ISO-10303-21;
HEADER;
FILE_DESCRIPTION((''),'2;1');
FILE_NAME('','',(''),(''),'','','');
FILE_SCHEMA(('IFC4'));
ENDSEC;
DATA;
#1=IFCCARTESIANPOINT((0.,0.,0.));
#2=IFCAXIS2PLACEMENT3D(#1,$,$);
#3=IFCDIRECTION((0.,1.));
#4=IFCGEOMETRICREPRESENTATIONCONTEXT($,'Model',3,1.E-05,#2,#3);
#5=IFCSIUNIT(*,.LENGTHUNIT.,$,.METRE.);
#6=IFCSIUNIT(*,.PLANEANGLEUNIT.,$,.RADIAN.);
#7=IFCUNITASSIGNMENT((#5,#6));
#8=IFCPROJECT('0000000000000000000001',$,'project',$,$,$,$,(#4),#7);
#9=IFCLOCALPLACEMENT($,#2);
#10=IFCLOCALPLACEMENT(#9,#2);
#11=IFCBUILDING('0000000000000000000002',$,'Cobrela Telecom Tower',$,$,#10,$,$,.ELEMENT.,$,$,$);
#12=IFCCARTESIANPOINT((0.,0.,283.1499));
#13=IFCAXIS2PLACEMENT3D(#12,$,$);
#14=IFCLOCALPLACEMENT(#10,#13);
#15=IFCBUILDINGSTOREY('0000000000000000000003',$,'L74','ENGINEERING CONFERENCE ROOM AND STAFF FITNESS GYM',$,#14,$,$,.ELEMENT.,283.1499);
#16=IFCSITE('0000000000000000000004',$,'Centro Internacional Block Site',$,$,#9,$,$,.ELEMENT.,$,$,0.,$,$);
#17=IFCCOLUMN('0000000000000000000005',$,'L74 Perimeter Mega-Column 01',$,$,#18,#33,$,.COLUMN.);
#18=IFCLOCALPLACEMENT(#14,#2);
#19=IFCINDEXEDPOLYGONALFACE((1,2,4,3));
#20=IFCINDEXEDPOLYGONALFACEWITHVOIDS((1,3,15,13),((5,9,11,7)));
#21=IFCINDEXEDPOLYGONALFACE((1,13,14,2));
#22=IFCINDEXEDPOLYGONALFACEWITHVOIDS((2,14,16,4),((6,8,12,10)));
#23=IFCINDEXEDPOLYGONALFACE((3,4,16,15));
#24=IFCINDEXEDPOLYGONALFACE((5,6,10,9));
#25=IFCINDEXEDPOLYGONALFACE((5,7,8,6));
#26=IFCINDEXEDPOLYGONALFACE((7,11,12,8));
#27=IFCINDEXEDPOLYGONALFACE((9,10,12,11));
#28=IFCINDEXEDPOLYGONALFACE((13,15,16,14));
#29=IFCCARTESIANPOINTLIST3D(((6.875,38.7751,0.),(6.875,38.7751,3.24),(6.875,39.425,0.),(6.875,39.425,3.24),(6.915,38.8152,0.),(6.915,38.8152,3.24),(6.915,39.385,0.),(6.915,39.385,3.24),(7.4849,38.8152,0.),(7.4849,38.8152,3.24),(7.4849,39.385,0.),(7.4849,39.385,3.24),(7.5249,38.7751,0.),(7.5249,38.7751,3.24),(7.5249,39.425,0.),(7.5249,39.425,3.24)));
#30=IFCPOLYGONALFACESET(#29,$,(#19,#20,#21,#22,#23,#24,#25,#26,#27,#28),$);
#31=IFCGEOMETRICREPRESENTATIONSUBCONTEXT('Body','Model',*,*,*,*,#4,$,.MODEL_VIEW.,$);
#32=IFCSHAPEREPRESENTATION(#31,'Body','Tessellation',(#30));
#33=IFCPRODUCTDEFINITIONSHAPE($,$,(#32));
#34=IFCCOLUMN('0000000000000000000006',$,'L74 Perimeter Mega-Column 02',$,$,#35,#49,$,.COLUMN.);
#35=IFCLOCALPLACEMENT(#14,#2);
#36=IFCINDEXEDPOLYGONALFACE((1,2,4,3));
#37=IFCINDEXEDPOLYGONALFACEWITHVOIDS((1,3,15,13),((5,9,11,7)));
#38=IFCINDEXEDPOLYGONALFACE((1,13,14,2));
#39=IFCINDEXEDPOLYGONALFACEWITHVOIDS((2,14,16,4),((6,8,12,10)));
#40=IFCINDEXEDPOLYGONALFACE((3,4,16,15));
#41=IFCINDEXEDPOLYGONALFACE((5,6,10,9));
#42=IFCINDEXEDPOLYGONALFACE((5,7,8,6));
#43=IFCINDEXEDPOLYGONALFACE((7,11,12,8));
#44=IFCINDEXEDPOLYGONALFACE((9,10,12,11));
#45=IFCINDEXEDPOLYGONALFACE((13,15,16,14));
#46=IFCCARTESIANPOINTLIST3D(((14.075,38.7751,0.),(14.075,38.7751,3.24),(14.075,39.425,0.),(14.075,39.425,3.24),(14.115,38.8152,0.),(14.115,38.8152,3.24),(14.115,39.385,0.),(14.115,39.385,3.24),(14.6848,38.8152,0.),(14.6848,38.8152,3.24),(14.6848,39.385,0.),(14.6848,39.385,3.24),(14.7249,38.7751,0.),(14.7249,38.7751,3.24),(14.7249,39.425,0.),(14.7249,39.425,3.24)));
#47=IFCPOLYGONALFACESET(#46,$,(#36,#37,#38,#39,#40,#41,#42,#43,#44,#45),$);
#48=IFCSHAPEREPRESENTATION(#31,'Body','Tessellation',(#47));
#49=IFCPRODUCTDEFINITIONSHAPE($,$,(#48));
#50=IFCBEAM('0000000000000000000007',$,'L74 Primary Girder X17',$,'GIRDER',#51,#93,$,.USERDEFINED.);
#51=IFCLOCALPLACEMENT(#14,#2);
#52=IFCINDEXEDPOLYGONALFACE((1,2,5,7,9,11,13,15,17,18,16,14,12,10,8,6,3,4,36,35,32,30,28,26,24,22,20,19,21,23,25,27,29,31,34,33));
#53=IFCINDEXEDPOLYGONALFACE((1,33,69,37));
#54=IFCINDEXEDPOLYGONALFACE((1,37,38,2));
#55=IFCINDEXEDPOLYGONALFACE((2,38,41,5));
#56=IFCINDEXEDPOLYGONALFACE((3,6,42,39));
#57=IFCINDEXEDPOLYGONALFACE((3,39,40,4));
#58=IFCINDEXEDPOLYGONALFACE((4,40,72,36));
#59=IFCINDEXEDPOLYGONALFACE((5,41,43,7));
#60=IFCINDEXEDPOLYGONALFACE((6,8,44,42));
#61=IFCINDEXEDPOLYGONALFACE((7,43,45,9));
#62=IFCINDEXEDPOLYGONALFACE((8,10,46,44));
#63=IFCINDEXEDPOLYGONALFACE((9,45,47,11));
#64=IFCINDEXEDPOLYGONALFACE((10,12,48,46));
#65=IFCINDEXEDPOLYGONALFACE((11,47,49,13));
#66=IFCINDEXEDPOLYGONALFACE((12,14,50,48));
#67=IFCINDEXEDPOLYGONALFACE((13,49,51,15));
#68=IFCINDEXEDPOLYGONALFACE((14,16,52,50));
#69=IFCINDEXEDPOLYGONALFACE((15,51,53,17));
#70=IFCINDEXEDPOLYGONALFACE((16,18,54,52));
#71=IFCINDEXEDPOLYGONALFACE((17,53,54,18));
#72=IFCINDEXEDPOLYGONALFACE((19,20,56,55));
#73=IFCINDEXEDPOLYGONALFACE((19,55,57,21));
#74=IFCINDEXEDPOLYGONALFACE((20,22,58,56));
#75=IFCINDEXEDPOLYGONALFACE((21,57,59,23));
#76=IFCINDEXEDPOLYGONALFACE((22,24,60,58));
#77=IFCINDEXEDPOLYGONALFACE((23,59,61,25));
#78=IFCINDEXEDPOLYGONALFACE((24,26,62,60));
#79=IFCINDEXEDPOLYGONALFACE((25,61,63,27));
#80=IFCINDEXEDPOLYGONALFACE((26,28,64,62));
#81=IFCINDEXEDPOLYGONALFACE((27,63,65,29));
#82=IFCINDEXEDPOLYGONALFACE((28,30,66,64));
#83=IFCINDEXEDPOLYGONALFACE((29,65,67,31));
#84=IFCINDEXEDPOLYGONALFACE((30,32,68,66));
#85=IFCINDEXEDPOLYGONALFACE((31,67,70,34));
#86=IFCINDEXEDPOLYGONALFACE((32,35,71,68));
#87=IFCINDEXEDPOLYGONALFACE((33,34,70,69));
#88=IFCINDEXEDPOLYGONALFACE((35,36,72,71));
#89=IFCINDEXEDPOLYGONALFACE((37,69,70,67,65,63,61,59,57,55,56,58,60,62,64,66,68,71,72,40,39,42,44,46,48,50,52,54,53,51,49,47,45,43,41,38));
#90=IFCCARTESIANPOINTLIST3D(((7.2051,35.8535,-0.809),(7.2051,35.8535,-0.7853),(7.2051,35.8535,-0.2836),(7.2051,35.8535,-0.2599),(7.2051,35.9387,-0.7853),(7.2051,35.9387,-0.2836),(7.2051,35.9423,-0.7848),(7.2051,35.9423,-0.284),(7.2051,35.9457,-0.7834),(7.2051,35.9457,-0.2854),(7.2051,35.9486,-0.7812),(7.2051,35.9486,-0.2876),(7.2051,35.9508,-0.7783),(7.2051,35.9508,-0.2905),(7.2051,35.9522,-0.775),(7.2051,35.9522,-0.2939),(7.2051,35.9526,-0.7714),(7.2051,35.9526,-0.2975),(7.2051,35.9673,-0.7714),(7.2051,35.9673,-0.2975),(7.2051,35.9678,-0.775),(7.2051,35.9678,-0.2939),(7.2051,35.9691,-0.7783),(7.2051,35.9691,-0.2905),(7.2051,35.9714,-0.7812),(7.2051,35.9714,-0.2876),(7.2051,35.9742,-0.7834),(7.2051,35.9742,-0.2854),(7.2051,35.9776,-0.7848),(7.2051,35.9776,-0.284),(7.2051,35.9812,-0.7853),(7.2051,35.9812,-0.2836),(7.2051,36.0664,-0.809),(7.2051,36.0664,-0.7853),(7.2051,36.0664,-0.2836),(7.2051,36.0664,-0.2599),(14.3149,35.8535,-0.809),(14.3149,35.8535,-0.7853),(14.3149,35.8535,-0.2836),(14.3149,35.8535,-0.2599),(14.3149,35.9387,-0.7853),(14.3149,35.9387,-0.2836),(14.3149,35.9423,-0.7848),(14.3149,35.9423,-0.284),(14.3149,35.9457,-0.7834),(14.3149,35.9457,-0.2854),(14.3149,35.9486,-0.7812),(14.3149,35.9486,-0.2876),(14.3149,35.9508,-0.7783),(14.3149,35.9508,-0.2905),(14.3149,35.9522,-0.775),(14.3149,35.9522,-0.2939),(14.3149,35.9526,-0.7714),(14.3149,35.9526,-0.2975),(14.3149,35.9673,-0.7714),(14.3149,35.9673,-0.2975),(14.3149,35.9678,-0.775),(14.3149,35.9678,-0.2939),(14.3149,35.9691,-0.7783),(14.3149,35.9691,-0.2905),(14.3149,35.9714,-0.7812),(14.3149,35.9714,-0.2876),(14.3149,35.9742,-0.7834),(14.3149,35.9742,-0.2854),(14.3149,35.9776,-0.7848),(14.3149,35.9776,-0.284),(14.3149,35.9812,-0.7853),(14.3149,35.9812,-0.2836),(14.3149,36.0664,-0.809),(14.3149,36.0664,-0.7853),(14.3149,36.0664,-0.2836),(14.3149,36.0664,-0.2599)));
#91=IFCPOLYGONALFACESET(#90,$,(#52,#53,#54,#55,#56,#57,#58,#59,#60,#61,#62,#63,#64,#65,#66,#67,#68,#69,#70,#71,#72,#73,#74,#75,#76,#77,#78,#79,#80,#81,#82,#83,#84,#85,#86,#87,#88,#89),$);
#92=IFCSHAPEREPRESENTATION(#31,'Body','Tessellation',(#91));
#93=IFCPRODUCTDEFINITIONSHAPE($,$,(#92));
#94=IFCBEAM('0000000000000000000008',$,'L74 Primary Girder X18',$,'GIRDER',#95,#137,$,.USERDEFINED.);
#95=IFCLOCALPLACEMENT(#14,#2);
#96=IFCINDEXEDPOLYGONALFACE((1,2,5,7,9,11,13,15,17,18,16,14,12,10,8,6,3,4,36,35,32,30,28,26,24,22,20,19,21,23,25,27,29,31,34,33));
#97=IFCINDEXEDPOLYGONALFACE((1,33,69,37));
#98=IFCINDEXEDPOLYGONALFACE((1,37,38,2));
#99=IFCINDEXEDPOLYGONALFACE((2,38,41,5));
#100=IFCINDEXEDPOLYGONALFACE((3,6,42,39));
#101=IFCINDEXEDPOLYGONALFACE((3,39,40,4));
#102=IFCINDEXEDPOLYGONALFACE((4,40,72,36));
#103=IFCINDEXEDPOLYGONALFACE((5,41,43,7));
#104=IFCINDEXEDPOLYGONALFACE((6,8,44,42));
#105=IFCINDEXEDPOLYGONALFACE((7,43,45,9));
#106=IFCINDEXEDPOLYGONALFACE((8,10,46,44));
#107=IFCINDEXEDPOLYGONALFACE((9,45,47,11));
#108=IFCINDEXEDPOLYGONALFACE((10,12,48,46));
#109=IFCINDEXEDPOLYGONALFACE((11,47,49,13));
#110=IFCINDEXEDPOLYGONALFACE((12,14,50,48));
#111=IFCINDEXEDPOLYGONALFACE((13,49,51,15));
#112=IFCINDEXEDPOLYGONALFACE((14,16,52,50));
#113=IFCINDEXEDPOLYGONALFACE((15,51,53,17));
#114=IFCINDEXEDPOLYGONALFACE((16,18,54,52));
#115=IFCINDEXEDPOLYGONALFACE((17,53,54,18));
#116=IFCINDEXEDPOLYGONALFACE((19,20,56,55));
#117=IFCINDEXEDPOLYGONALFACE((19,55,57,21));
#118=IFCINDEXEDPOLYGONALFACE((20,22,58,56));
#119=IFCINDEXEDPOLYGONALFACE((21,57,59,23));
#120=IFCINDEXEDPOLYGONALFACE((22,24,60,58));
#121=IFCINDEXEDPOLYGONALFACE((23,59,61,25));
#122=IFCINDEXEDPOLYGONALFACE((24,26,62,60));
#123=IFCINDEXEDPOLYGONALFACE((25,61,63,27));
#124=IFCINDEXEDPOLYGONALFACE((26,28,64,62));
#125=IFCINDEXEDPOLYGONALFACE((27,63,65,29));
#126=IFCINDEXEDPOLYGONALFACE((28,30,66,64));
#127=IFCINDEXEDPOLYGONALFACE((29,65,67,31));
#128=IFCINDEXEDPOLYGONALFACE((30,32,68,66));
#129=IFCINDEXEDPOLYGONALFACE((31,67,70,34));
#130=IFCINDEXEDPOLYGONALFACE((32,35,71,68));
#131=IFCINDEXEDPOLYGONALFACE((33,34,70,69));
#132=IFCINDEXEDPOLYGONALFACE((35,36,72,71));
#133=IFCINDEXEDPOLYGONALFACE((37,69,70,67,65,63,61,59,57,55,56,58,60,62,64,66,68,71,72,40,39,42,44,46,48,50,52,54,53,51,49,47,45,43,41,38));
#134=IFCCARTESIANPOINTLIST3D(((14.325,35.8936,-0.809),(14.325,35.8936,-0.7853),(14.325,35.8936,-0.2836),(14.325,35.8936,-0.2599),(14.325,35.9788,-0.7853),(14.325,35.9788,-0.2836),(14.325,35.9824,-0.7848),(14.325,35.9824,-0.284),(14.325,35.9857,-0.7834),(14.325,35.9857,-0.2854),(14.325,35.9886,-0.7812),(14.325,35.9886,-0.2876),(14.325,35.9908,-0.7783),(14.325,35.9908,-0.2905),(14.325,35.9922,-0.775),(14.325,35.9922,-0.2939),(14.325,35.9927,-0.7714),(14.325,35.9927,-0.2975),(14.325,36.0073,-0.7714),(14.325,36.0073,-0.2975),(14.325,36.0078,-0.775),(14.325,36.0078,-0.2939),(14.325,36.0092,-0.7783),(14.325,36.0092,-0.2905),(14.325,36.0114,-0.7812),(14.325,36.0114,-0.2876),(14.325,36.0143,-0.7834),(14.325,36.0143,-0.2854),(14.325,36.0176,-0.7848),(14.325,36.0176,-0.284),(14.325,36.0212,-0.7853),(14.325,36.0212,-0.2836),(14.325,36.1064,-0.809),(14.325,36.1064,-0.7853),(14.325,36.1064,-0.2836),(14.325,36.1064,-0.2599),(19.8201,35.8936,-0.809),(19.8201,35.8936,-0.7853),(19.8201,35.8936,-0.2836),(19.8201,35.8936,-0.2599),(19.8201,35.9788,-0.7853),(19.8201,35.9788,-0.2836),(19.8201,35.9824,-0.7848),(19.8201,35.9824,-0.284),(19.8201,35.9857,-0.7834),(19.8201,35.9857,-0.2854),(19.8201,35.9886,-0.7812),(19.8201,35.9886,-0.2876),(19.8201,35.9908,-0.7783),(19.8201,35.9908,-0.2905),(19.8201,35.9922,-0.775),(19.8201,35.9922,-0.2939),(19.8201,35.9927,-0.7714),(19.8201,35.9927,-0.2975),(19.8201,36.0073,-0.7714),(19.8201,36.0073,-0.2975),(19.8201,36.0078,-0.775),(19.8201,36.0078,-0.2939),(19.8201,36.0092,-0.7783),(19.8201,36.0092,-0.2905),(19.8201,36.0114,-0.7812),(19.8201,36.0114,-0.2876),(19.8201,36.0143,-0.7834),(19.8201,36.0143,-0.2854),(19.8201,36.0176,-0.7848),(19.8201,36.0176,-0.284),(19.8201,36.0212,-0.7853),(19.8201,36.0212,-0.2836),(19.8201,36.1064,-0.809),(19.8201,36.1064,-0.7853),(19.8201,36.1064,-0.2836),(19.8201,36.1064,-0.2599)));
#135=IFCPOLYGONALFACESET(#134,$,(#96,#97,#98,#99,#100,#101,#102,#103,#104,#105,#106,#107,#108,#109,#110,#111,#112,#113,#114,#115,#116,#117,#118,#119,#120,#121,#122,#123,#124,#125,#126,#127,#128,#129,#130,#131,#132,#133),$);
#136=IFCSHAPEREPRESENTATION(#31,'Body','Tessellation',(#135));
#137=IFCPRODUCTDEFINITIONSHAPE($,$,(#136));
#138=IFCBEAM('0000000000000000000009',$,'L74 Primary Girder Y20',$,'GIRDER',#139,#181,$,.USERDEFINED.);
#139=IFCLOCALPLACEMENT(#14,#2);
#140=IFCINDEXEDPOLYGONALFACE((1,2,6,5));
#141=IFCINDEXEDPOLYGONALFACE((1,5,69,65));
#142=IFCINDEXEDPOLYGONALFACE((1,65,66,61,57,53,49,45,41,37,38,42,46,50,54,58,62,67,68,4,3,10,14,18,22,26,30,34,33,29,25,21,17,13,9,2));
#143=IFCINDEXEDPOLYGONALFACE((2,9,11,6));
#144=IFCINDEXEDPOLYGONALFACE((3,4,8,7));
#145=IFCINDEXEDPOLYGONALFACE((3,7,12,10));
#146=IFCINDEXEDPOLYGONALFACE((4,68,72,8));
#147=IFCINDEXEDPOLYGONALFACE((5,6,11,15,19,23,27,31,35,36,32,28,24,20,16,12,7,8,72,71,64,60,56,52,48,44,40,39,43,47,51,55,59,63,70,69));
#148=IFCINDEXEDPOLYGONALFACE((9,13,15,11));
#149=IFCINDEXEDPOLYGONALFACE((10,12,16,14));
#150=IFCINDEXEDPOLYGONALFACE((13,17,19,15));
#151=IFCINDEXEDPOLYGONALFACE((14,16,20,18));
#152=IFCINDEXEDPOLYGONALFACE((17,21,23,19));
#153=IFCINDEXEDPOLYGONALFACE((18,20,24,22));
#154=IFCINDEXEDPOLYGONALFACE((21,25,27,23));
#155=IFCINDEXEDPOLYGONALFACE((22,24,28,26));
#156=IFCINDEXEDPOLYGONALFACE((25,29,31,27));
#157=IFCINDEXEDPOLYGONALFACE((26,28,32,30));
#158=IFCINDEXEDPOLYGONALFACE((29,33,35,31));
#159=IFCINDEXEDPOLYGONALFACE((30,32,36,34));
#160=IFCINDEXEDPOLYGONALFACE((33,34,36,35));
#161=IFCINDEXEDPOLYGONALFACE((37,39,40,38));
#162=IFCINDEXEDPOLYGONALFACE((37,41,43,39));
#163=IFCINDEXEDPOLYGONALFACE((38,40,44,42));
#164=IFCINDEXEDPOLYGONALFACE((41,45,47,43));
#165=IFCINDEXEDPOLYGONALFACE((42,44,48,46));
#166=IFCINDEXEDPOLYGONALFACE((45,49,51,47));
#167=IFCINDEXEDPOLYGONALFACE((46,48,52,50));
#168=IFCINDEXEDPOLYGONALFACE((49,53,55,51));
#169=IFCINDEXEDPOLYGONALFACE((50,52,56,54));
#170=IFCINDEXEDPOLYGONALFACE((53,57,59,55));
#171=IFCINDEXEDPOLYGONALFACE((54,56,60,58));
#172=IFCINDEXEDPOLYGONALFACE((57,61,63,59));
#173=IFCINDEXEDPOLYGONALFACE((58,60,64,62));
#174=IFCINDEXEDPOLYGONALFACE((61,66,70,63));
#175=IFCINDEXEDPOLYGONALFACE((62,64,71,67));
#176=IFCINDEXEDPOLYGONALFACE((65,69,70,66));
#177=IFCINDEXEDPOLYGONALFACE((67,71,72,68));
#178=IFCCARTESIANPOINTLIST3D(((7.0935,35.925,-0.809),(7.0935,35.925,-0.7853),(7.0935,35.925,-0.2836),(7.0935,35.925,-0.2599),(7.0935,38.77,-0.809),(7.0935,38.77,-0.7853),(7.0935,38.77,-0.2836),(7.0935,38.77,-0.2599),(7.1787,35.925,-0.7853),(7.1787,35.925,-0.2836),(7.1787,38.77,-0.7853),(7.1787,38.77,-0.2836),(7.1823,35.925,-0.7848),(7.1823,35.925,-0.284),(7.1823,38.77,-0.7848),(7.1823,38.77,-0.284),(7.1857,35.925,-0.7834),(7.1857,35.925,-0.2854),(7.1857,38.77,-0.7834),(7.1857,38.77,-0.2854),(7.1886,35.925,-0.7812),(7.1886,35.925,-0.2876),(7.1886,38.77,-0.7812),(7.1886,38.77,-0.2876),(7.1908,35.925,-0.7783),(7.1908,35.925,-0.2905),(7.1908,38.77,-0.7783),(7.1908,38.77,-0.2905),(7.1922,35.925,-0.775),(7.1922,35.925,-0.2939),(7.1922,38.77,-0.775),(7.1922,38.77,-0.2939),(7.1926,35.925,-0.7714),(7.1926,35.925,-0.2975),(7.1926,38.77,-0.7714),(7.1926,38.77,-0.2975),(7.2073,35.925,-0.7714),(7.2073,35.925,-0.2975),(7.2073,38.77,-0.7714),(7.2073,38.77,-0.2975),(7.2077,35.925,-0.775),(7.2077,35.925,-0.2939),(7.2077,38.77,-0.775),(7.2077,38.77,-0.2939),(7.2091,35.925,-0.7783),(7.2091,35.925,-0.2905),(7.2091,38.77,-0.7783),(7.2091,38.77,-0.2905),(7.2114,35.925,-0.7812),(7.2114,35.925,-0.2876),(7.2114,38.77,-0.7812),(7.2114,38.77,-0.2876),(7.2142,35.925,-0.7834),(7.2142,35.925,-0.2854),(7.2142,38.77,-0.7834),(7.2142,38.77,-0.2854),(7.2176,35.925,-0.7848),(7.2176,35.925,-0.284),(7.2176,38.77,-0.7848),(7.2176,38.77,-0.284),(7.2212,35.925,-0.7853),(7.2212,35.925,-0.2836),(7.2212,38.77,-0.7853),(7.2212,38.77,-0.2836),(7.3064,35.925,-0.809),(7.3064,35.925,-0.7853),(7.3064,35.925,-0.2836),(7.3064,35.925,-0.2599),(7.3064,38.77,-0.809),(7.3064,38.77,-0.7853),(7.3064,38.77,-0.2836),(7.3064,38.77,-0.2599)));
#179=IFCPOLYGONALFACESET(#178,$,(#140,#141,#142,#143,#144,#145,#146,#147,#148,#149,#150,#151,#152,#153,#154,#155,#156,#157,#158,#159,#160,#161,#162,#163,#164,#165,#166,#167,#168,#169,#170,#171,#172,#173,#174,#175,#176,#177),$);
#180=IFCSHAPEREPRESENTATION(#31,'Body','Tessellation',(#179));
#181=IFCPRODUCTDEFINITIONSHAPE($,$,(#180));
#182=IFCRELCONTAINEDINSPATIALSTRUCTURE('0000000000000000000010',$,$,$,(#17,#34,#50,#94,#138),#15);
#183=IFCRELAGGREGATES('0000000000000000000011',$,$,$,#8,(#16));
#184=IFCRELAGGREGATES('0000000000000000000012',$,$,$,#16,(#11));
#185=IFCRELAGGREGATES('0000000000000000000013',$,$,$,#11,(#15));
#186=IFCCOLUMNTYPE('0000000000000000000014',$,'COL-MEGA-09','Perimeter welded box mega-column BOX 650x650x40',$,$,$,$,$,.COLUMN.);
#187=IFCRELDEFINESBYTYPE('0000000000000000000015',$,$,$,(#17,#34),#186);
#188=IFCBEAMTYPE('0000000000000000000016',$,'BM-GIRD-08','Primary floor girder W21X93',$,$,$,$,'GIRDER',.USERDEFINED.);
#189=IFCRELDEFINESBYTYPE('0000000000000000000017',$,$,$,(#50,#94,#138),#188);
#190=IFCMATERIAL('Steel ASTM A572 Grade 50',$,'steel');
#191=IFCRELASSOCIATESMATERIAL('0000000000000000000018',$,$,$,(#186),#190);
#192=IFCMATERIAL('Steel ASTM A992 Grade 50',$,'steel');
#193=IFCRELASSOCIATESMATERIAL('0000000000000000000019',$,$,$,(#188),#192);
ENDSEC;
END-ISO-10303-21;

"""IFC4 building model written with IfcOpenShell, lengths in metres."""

from ifc_helpers import new_model, si_unit, direction, frame, origin, origin_2d, place, context, subcontext, project, spatial, hollow_rectangle, i_section, extrude, material, material_profile, profile_set, type_object, element, save


model = new_model("IFC4")

# Units and contexts
model_context = context("Model", 3, precision=1e-05, world=origin(), true_north=direction((0.0, 1.0)))
body_context = subcontext(model_context, "Body", "Model", "MODEL_VIEW")
ifc_project = project(units=[si_unit("LENGTHUNIT", "METRE"), si_unit("PLANEANGLEUNIT", "RADIAN")], contexts=[model_context])

# Site, building, storey
site_placement = place(None, origin())
site = spatial("IfcSite", under=ifc_project, at=site_placement, Name="Centro Internacional Block Site", CompositionType="ELEMENT", RefElevation=0.0)
building_placement = place(site_placement, origin())
building = spatial("IfcBuilding", under=site, at=building_placement, Name="Cobrela Telecom Tower", CompositionType="ELEMENT")
storey_placement = place(building_placement, frame((0.0, 0.0, 283.1499)))
storey = spatial("IfcBuildingStorey", under=building, at=storey_placement, Name="L74", Description="ENGINEERING CONFERENCE ROOM AND STAFF FITNESS GYM", CompositionType="ELEMENT", Elevation=283.1499)

# Columns
ifc_material_1 = material(Name="Steel ASTM A572 Grade 50", Category="steel")
ifc_material_profile_1 = material_profile(ifc_material_1, hollow_rectangle(XDim=0.6499, YDim=0.6499, WallThickness=0.04, at=origin_2d()), Name="BOX 650x650x40")
ifc_profile_set_1 = profile_set([ifc_material_profile_1], Name="Steel ASTM A572 Grade 50")
column_type = type_object("IfcColumnType", Name="COL-MEGA-09", Description="Perimeter welded box mega-column BOX 650x650x40", PredefinedType="COLUMN", material=ifc_profile_set_1)
for number, where, z_axis, x_axis, name in (
    (1, (7.2, 39.1001, 0.0), (0.0, 0.0, 1.0), (1.0, 0.0, 0.0), "L74 Perimeter Mega-Column 01"),
    (2, (14.3999, 39.1001, 0.0), (0.0, 0.0, 1.0), (1.0, 0.0, 0.0), "L74 Perimeter Mega-Column 02"),
):
    element("IfcColumn", number, at=place(storey_placement, frame(where, z_axis=z_axis, x_axis=x_axis)), inside=storey, type_object=column_type, Name=name, PredefinedType="COLUMN", context=body_context, shape_type="SweptSolid", body=[
        extrude(hollow_rectangle(XDim=0.6499, YDim=0.6499, WallThickness=0.04, at=origin_2d()), origin(), (0.0, 0.0, 1.0), 3.24),
    ])

# Beams
ifc_material_2 = material(Name="Steel ASTM A992 Grade 50", Category="steel")
ifc_material_profile_2 = material_profile(ifc_material_2, i_section(OverallWidth=0.2129, OverallDepth=0.5491, WebThickness=0.0146, FlangeThickness=0.0237, FilletRadius=0.0139, at=origin_2d()), Name="W21X93")
ifc_profile_set_2 = profile_set([ifc_material_profile_2], Name="Steel ASTM A992 Grade 50")
beam_type_1 = type_object("IfcBeamType", Name="BM-GIRD-08", Description="Primary floor girder W21X93", ElementType="GIRDER", PredefinedType="USERDEFINED", material=ifc_profile_set_2)
beam_1_placement = place(storey_placement, frame((7.2051, 35.96, -0.5344), z_axis=(1.0, 0.0, 0.0), x_axis=(0.0, 1.0, 0.0)))
element("IfcBeam", 3, at=beam_1_placement, inside=storey, type_object=beam_type_1, Name="L74 Primary Girder X17", ObjectType="GIRDER", PredefinedType="USERDEFINED", context=body_context, shape_type="SweptSolid", body=[
    extrude(i_section(OverallWidth=0.2129, OverallDepth=0.5491, WebThickness=0.0146, FlangeThickness=0.0237, FilletRadius=0.0139, at=origin_2d()), origin(), (0.0, 0.0, 1.0), 7.1099),
])
beam_2_placement = place(storey_placement, frame((14.325, 36.0, -0.5344), z_axis=(1.0, 0.0, 0.0), x_axis=(0.0, 1.0, 0.0)))
element("IfcBeam", 4, at=beam_2_placement, inside=storey, type_object=beam_type_1, Name="L74 Primary Girder X18", ObjectType="GIRDER", PredefinedType="USERDEFINED", context=body_context, shape_type="SweptSolid", body=[
    extrude(i_section(OverallWidth=0.2129, OverallDepth=0.5491, WebThickness=0.0146, FlangeThickness=0.0237, FilletRadius=0.0139, at=origin_2d()), origin(), (0.0, 0.0, 1.0), 5.4951),
])
for number, where, z_axis, x_axis, name in (
    (5, (7.2, 35.925, -0.5344), (0.0, 1.0, 0.0), (-1.0, 0.0, 0.0), "L74 Primary Girder Y20"),
):
    element("IfcBeam", number, at=place(storey_placement, frame(where, z_axis=z_axis, x_axis=x_axis)), inside=storey, type_object=beam_type_1, Name=name, ObjectType="GIRDER", PredefinedType="USERDEFINED", context=body_context, shape_type="SweptSolid", body=[
        extrude(i_section(OverallWidth=0.2129, OverallDepth=0.5491, WebThickness=0.0146, FlangeThickness=0.0237, FilletRadius=0.0139, at=origin_2d()), origin(), (0.0, 0.0, 1.0), 2.845),
    ])

save(model, "model.ifc")
